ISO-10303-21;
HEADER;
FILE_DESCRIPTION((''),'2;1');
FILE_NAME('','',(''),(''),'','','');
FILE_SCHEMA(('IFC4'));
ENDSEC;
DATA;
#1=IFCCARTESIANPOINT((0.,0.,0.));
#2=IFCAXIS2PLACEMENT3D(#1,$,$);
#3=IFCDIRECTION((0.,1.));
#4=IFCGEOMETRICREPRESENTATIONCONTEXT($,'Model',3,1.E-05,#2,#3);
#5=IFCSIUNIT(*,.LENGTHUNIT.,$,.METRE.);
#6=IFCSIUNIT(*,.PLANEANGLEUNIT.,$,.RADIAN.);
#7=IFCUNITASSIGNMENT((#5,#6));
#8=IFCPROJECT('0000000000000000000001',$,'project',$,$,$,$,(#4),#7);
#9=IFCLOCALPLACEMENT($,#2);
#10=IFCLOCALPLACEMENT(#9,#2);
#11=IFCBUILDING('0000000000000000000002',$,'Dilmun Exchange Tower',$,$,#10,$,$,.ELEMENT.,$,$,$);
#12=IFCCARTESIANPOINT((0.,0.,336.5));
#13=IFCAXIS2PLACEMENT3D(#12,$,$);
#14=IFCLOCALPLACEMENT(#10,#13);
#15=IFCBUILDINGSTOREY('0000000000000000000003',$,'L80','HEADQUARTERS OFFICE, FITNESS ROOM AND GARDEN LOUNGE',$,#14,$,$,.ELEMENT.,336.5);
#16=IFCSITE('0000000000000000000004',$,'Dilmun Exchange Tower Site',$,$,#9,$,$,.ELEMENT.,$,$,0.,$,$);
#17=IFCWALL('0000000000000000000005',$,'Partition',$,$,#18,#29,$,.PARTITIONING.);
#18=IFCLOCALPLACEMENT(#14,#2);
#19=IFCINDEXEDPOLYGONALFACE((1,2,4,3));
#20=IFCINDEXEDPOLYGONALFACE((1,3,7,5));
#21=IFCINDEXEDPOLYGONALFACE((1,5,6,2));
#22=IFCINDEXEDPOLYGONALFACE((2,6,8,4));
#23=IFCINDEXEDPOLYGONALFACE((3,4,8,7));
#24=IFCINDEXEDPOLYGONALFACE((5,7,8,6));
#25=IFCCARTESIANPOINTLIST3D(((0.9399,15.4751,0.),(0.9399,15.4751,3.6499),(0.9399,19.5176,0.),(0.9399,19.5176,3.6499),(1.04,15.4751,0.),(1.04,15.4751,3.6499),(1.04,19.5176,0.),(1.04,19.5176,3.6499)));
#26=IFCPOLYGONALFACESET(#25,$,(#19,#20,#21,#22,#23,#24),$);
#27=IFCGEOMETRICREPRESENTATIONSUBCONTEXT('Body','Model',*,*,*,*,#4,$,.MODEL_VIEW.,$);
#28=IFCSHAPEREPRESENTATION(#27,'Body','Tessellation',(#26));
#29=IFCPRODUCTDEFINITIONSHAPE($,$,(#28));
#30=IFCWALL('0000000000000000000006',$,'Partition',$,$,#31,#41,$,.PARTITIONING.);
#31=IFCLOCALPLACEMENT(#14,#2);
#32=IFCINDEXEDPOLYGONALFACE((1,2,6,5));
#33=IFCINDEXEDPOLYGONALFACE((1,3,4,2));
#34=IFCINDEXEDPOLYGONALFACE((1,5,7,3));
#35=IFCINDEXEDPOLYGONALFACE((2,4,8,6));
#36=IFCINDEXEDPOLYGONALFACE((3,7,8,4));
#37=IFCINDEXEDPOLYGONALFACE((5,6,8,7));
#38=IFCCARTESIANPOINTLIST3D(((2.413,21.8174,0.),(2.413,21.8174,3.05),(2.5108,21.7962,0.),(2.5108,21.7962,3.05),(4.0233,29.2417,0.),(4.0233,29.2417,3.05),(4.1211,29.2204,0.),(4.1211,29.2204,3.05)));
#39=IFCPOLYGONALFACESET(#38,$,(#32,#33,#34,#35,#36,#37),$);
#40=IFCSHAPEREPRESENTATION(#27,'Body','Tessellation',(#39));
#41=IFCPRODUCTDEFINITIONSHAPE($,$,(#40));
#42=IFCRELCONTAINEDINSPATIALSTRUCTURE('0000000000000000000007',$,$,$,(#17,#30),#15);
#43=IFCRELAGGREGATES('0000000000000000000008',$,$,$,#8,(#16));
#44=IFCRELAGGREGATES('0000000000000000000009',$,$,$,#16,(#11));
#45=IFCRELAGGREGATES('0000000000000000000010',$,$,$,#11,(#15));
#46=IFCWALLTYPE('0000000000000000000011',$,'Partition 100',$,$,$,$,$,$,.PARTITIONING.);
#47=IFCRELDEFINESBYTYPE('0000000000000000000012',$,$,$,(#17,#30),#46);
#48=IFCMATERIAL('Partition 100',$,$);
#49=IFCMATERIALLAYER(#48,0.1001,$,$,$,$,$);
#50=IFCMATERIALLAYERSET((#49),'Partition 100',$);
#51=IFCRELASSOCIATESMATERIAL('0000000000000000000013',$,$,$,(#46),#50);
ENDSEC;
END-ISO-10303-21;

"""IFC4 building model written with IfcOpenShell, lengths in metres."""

from ifc_helpers import new_model, si_unit, direction, frame, frame_2d, origin, place, context, subcontext, project, spatial, rectangle, extrude, material, layer, layer_set, type_object, element, save


model = new_model("IFC4")

# Units and contexts
model_context = context("Model", 3, precision=1e-05, world=origin(), true_north=direction((0.0, 1.0)))
body_context = subcontext(model_context, "Body", "Model", "MODEL_VIEW")
ifc_project = project(units=[si_unit("LENGTHUNIT", "METRE"), si_unit("PLANEANGLEUNIT", "RADIAN")], contexts=[model_context])

# Site, building, storey
site_placement = place(None, origin())
site = spatial("IfcSite", under=ifc_project, at=site_placement, Name="Dilmun Exchange Tower Site", CompositionType="ELEMENT", RefElevation=0.0)
building_placement = place(site_placement, origin())
building = spatial("IfcBuilding", under=site, at=building_placement, Name="Dilmun Exchange Tower", CompositionType="ELEMENT")
storey_placement = place(building_placement, frame((0.0, 0.0, 336.5)))
storey = spatial("IfcBuildingStorey", under=building, at=storey_placement, Name="L80", Description="HEADQUARTERS OFFICE, FITNESS ROOM AND GARDEN LOUNGE", CompositionType="ELEMENT", Elevation=336.5)

# Walls
ifc_material_1 = material(Name="Partition 100")
ifc_layer_1 = layer(ifc_material_1, 0.1001)
ifc_layer_set_1 = layer_set([ifc_layer_1], Name="Partition 100")
wall_type_1 = type_object("IfcWallType", Name="Partition 100", PredefinedType="PARTITIONING", material=ifc_layer_set_1)
wall_1_placement = place(storey_placement, frame((0.99, 15.4751, 0.0), z_axis=(0.0, 0.0, 1.0), x_axis=(0.0, 1.0, 0.0)))
element("IfcWall", 1, at=wall_1_placement, inside=storey, type_object=wall_type_1, Name="Partition", PredefinedType="PARTITIONING", context=body_context, shape_type="SweptSolid", body=[
    extrude(rectangle(XDim=4.0425, YDim=0.1001, at=frame_2d((2.0212, 0.0))), origin(), (0.0, 0.0, 1.0), 3.6499),
])
wall_2_placement = place(storey_placement, frame((2.4619, 21.8069, 0.0), z_axis=(0.0, 0.0, 1.0), x_axis=(0.211973, 0.977275, 0.0)))
element("IfcWall", 2, at=wall_2_placement, inside=storey, type_object=wall_type_1, Name="Partition", PredefinedType="PARTITIONING", context=body_context, shape_type="SweptSolid", body=[
    extrude(rectangle(XDim=7.5969, YDim=0.1001, at=frame_2d((3.7983, 0.0))), origin(), (0.0, 0.0, 1.0), 3.05),
])

save(model, "model.ifc")
